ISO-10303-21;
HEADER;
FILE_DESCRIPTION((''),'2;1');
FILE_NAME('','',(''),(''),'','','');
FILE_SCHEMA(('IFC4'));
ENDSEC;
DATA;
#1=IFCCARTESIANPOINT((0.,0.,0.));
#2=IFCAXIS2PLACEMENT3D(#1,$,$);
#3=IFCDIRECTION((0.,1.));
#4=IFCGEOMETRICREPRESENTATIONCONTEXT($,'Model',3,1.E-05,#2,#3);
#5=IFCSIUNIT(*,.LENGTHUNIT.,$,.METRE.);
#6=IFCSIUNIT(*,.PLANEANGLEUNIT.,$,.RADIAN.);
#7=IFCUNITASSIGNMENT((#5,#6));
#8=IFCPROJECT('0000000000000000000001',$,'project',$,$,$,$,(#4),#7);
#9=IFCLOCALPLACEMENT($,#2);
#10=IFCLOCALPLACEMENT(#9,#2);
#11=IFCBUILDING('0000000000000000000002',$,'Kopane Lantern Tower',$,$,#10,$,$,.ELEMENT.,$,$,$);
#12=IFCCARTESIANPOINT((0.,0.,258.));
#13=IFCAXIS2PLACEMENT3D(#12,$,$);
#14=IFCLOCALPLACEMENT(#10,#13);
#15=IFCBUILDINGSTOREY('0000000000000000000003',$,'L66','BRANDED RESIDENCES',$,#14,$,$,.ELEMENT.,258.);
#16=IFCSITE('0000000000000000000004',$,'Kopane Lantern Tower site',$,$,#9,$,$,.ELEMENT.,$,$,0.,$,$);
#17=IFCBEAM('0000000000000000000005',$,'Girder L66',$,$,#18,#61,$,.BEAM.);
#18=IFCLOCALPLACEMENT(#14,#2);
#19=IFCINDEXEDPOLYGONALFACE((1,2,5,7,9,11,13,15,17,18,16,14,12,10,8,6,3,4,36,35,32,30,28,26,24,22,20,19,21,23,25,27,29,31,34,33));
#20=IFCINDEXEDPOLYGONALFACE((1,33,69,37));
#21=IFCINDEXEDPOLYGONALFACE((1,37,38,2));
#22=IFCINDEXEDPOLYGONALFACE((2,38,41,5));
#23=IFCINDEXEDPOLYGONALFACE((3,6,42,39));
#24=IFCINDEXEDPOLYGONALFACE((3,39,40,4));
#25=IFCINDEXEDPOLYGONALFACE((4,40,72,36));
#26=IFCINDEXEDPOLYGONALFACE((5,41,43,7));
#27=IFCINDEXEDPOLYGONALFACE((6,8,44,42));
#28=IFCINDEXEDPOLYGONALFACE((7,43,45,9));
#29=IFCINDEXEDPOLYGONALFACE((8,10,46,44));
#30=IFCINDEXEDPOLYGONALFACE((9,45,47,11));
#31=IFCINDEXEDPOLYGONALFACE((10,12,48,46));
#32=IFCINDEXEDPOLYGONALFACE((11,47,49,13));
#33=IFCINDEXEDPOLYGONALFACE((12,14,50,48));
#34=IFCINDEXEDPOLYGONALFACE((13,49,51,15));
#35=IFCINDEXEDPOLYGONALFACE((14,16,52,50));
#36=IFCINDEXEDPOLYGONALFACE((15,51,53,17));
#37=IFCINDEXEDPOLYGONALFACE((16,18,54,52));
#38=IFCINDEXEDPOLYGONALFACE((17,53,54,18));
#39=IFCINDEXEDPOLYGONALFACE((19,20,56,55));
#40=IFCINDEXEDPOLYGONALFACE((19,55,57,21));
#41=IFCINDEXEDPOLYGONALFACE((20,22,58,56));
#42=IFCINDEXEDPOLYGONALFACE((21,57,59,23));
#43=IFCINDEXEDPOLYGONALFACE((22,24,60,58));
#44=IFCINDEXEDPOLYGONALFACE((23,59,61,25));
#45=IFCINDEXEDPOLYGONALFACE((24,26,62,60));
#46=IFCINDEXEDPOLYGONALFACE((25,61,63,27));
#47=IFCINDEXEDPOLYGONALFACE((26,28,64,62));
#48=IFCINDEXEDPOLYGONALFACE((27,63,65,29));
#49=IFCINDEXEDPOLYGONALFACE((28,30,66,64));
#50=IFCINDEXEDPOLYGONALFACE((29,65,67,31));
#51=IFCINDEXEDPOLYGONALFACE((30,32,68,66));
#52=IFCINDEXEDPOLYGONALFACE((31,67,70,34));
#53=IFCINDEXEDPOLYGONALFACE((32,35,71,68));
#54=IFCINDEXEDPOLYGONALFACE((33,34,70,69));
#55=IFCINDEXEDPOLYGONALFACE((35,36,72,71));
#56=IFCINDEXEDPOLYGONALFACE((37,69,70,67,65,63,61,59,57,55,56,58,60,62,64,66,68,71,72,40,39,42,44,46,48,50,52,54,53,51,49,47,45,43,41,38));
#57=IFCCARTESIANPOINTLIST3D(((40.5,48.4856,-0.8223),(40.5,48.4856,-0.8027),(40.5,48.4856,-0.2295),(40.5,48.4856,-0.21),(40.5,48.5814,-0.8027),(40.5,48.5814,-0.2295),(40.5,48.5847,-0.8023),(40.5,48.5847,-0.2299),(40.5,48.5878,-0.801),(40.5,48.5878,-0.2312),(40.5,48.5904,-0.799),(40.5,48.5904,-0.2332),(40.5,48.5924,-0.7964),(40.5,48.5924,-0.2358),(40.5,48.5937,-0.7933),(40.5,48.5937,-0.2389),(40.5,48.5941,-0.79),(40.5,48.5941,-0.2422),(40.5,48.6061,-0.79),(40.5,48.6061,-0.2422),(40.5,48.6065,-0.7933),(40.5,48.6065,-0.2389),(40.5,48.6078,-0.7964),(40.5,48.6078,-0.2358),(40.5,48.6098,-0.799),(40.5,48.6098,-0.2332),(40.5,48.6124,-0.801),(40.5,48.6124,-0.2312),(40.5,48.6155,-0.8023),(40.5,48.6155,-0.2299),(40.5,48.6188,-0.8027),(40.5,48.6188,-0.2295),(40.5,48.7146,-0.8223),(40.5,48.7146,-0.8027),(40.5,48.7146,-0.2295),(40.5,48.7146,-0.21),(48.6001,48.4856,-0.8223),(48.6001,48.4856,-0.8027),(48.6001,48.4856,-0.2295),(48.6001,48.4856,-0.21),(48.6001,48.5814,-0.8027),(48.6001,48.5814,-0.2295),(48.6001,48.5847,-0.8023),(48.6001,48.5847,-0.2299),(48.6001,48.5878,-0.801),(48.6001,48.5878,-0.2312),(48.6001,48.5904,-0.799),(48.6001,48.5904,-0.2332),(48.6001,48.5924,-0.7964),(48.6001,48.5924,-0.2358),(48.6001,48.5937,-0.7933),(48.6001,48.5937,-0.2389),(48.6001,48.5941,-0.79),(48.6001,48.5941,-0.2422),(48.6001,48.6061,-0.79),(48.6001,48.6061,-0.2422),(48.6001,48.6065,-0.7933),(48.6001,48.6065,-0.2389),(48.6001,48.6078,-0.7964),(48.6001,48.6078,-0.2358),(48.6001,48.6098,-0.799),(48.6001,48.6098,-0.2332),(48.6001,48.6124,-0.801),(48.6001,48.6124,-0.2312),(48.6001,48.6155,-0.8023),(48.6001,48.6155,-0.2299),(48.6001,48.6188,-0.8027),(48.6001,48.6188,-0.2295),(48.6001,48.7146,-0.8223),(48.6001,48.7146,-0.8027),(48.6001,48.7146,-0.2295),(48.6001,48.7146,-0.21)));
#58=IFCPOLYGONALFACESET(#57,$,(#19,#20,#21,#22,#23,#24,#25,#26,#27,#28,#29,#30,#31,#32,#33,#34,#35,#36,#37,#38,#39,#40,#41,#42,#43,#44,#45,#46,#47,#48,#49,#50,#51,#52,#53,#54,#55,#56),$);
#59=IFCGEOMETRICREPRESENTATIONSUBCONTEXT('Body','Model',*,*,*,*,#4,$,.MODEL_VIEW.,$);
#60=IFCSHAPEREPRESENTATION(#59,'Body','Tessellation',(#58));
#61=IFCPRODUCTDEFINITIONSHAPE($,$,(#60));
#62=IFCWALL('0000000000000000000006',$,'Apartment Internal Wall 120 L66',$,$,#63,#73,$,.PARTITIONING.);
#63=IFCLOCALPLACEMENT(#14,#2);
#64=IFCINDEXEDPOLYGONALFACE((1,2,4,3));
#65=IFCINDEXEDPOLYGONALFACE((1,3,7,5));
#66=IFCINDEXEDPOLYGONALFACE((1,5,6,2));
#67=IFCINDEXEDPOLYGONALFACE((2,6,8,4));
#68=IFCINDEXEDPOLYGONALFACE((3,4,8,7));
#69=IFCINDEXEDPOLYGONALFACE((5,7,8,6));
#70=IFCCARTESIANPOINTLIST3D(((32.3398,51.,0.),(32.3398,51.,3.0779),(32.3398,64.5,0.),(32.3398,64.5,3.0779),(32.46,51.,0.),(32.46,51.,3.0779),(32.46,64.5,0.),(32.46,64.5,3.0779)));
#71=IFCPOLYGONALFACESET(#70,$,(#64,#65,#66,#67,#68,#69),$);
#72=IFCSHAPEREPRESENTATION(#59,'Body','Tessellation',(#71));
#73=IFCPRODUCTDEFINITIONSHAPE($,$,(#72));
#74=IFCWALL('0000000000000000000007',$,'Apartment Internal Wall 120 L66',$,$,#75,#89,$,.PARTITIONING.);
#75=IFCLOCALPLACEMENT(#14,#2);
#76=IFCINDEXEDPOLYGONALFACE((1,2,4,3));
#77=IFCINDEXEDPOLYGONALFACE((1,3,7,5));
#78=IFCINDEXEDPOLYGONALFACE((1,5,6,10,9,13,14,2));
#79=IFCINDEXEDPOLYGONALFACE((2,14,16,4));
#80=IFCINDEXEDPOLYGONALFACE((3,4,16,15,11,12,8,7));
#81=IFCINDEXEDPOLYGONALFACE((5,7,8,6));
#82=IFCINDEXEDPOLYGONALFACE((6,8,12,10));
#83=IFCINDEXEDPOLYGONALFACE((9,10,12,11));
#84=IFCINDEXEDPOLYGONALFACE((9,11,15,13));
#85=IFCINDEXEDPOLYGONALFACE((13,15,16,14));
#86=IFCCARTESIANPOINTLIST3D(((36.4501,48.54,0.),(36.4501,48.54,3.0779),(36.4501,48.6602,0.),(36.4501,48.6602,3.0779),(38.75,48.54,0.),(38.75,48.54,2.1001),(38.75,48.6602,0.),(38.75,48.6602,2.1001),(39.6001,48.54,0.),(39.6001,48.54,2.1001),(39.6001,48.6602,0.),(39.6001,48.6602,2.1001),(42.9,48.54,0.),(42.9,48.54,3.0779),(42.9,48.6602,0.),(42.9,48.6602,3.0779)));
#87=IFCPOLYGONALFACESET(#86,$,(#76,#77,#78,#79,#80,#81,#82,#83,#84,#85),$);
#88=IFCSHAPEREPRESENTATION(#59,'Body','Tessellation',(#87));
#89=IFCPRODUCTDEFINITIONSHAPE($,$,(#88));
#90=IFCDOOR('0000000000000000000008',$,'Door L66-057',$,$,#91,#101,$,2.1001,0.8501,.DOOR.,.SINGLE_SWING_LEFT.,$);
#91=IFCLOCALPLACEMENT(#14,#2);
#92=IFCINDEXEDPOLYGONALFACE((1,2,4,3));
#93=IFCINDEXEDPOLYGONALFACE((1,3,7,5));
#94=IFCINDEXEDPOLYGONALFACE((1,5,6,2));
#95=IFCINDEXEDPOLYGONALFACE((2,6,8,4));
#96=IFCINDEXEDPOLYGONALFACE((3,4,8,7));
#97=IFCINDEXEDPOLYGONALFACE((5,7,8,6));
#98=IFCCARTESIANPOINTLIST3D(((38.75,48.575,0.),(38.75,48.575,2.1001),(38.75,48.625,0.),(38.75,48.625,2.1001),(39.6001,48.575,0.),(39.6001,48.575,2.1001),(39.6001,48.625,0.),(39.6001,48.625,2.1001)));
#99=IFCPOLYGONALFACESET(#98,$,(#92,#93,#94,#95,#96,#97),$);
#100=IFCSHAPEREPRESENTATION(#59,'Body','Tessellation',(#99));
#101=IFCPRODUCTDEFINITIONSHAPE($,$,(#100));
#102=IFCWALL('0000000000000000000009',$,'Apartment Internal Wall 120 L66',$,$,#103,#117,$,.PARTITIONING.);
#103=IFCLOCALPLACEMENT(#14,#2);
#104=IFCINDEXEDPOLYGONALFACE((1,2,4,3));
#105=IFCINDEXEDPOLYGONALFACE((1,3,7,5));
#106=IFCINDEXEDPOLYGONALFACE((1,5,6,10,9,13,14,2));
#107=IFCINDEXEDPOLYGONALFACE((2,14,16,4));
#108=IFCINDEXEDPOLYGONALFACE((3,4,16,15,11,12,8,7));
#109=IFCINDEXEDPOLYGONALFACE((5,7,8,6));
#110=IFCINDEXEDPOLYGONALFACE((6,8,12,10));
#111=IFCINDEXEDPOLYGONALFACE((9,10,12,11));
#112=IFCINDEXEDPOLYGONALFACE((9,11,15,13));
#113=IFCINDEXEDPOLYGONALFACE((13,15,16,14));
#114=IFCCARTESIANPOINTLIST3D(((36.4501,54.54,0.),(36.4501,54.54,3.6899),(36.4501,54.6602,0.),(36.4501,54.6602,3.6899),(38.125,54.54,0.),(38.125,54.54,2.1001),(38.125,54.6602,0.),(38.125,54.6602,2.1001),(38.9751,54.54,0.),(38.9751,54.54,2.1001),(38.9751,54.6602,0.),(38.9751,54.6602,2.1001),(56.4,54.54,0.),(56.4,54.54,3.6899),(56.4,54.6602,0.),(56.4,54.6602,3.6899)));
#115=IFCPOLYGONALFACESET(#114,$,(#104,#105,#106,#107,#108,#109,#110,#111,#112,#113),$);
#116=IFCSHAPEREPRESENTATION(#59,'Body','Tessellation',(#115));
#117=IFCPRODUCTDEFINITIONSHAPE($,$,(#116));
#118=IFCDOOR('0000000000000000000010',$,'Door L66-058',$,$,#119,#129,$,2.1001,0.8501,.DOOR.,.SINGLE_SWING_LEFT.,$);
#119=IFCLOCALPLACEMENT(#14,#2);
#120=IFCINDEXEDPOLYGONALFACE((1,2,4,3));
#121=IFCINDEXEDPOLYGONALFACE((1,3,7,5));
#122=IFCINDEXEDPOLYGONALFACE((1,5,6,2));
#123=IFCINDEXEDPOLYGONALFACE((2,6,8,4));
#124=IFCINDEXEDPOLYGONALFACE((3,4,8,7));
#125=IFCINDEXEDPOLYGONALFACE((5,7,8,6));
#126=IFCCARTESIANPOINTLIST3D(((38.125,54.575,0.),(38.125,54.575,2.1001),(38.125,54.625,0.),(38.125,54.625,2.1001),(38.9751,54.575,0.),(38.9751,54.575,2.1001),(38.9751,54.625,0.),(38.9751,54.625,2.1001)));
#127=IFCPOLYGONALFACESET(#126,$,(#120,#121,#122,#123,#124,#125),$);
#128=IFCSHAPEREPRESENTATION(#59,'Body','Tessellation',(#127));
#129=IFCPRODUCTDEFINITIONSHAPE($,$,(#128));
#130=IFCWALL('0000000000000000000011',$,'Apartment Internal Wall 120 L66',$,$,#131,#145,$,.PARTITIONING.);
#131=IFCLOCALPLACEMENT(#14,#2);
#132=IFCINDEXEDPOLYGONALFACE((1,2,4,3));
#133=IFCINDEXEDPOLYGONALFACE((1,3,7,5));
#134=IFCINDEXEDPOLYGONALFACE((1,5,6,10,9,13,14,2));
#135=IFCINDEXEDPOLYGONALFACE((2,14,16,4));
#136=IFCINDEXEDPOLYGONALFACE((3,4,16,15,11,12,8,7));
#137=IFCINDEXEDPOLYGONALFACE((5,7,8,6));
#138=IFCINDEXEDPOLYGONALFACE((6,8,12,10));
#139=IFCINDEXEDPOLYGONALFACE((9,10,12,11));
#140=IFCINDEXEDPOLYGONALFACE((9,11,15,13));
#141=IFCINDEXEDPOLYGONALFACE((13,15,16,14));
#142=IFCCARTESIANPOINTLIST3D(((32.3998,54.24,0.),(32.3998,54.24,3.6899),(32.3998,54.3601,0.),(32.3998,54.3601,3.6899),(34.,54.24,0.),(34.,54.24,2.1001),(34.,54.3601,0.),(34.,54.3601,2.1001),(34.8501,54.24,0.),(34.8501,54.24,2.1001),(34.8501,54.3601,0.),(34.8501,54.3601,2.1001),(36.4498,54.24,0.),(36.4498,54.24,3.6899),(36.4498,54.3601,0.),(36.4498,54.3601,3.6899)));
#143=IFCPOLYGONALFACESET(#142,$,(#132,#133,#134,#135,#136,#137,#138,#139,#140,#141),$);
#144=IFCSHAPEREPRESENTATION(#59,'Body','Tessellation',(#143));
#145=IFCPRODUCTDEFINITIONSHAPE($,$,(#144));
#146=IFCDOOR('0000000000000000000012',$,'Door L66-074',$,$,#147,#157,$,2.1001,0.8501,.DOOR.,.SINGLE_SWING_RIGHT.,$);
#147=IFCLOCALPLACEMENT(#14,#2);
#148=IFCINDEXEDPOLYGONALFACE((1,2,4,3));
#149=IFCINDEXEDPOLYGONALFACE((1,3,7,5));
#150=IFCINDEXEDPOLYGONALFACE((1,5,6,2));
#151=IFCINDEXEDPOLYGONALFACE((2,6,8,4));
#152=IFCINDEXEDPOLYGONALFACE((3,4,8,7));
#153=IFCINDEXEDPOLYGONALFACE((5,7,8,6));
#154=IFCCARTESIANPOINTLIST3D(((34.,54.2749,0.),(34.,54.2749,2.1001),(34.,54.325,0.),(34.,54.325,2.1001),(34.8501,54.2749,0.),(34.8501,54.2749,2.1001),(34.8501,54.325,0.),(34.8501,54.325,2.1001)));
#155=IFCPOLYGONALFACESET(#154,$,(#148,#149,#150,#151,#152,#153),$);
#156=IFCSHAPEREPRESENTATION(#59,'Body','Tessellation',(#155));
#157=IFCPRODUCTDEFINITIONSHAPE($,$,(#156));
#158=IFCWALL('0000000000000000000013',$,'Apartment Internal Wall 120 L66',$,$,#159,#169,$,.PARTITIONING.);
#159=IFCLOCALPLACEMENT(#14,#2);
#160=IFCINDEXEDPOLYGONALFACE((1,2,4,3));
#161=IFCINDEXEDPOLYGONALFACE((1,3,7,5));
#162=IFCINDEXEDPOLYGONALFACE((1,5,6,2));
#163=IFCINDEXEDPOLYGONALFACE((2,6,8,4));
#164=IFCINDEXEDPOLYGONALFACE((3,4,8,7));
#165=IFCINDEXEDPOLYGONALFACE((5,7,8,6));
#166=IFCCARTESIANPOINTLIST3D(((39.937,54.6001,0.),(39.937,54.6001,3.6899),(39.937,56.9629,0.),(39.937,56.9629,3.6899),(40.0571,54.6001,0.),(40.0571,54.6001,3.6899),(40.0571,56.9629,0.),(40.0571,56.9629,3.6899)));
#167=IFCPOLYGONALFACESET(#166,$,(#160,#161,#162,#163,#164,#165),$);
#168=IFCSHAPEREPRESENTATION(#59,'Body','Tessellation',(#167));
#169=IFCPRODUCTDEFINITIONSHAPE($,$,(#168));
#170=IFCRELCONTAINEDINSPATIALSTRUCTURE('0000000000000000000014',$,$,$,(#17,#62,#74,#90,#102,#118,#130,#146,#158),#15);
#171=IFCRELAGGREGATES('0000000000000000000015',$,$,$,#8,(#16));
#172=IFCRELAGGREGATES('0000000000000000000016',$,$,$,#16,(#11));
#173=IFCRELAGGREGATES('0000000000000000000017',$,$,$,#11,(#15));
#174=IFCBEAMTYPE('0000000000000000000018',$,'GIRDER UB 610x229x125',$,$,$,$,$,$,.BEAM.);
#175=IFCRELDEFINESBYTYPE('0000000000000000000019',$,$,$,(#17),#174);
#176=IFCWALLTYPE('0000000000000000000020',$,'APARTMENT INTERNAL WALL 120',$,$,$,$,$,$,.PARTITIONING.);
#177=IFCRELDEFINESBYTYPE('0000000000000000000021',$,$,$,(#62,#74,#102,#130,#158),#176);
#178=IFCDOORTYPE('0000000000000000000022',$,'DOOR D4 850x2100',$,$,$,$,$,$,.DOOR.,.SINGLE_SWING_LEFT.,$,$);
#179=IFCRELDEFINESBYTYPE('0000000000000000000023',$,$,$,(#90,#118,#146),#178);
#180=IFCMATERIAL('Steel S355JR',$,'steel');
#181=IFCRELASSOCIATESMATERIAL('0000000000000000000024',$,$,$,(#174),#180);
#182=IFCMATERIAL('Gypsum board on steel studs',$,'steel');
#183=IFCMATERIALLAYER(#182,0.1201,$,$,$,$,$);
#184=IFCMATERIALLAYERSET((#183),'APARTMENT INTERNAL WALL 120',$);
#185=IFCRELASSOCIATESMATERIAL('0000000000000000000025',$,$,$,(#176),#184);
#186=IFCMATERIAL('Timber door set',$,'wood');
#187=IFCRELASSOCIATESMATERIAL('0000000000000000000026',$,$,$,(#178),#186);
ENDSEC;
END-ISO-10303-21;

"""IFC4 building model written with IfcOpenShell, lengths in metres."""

from ifc_helpers import new_model, si_unit, direction, frame, frame_2d, origin, origin_2d, place, context, subcontext, project, spatial, rectangle, i_section, extrude, material, layer, layer_set, material_profile, profile_set, type_object, element, fill, save


model = new_model("IFC4")

# Units and contexts
model_context = context("Model", 3, precision=1e-05, world=origin(), true_north=direction((0.0, 1.0)))
body_context = subcontext(model_context, "Body", "Model", "MODEL_VIEW")
ifc_project = project(units=[si_unit("LENGTHUNIT", "METRE"), si_unit("PLANEANGLEUNIT", "RADIAN")], contexts=[model_context])

# Site, building, storey
site_placement = place(None, origin())
site = spatial("IfcSite", under=ifc_project, at=site_placement, Name="Kopane Lantern Tower site", CompositionType="ELEMENT", RefElevation=0.0)
building_placement = place(site_placement, origin())
building = spatial("IfcBuilding", under=site, at=building_placement, Name="Kopane Lantern Tower", CompositionType="ELEMENT")
storey_placement = place(building_placement, frame((0.0, 0.0, 258.0)))
storey = spatial("IfcBuildingStorey", under=building, at=storey_placement, Name="L66", Description="BRANDED RESIDENCES", CompositionType="ELEMENT", Elevation=258.0)

# Beam
ifc_material_1 = material(Name="Steel S355JR", Category="steel")
ifc_material_profile_1 = material_profile(ifc_material_1, i_section(OverallWidth=0.229, OverallDepth=0.6123, WebThickness=0.012, FlangeThickness=0.0195, FilletRadius=0.0127, at=origin_2d()), Name="UB 610x229x125")
ifc_profile_set_1 = profile_set([ifc_material_profile_1], Name="Steel S355JR")
beam_type = type_object("IfcBeamType", Name="GIRDER UB 610x229x125", PredefinedType="BEAM", material=ifc_profile_set_1)
beam_1_placement = place(storey_placement, frame((40.5, 48.6001, -0.5161), z_axis=(1.0, 0.0, 0.0), x_axis=(0.0, 1.0, 0.0)))
element("IfcBeam", 1, at=beam_1_placement, inside=storey, type_object=beam_type, Name="Girder L66", PredefinedType="BEAM", context=body_context, shape_type="SweptSolid", body=[
    extrude(i_section(OverallWidth=0.229, OverallDepth=0.6123, WebThickness=0.012, FlangeThickness=0.0195, FilletRadius=0.0127, at=origin_2d()), origin(), (0.0, 0.0, 1.0), 8.1001),
])

# Wall
ifc_material_2 = material(Name="Gypsum board on steel studs", Category="steel")
ifc_layer_1 = layer(ifc_material_2, 0.1201)
ifc_layer_set_1 = layer_set([ifc_layer_1], Name="APARTMENT INTERNAL WALL 120")
wall_type_1 = type_object("IfcWallType", Name="APARTMENT INTERNAL WALL 120", PredefinedType="PARTITIONING", material=ifc_layer_set_1)
wall_1_placement = place(storey_placement, frame((32.3999, 51.0, 0.0), z_axis=(0.0, 0.0, 1.0), x_axis=(0.0, 1.0, 0.0)))
element("IfcWall", 2, at=wall_1_placement, inside=storey, type_object=wall_type_1, Name="Apartment Internal Wall 120 L66", PredefinedType="PARTITIONING", context=body_context, shape_type="SweptSolid", body=[
    extrude(rectangle(XDim=13.5, YDim=0.1201, at=frame_2d((6.75, 0.0))), origin(), (0.0, 0.0, 1.0), 3.0779),
])

# Walls, openings, doors
wall_2_placement = place(storey_placement, frame((36.45, 48.6001, 0.0), z_axis=(0.0, 0.0, 1.0), x_axis=(1.0, 0.0, 0.0)))
wall_2 = element("IfcWall", 3, at=wall_2_placement, inside=storey, type_object=wall_type_1, Name="Apartment Internal Wall 120 L66", PredefinedType="PARTITIONING", context=body_context, shape_type="SweptSolid", body=[
    extrude(rectangle(XDim=6.45, YDim=0.1201, at=frame_2d((3.2251, 0.0))), origin(), (0.0, 0.0, 1.0), 3.0779),
])
opening_1_placement = place(wall_2_placement, frame((2.3, 0.0, 0.0)))
opening_1 = element("IfcOpeningElement", 4, at=opening_1_placement, cuts=wall_2, PredefinedType="OPENING", context=body_context, shape_type="SweptSolid", body=[
    extrude(rectangle(XDim=0.8501, YDim=2.1001, at=frame_2d((0.425, 1.05))), frame((0.0, 0.0701, 0.0), z_axis=(0.0, -1.0, 0.0), x_axis=(1.0, 0.0, 0.0)), (0.0, 0.0, 1.0), 0.1401),
])
ifc_material_3 = material(Name="Timber door set", Category="wood")
door_type_1 = type_object("IfcDoorType", Name="DOOR D4 850x2100", OperationType="SINGLE_SWING_LEFT", PredefinedType="DOOR", material=ifc_material_3)
door_1_placement = place(opening_1_placement, origin())
door_1 = element("IfcDoor", 5, at=door_1_placement, inside=storey, type_object=door_type_1, Name="Door L66-057", OperationType="SINGLE_SWING_LEFT", OverallHeight=2.1001, OverallWidth=0.8501, PredefinedType="DOOR", context=body_context, shape_type="SweptSolid", body=[
    extrude(rectangle(XDim=0.8501, YDim=2.1001, at=frame_2d((0.425, 1.05))), frame((0.0, 0.0249, 0.0), z_axis=(0.0, -1.0, 0.0), x_axis=(1.0, 0.0, 0.0)), (0.0, 0.0, 1.0), 0.05),
])
fill(opening_1, door_1)
wall_3_placement = place(storey_placement, frame((36.45, 54.6001, 0.0), z_axis=(0.0, 0.0, 1.0), x_axis=(1.0, 0.0, 0.0)))
wall_3 = element("IfcWall", 6, at=wall_3_placement, inside=storey, type_object=wall_type_1, Name="Apartment Internal Wall 120 L66", PredefinedType="PARTITIONING", context=body_context, shape_type="SweptSolid", body=[
    extrude(rectangle(XDim=19.95, YDim=0.1201, at=frame_2d((9.9751, 0.0))), origin(), (0.0, 0.0, 1.0), 3.6899),
])
opening_2_placement = place(wall_3_placement, frame((1.675, 0.0, 0.0)))
opening_2 = element("IfcOpeningElement", 7, at=opening_2_placement, cuts=wall_3, PredefinedType="OPENING", context=body_context, shape_type="SweptSolid", body=[
    extrude(rectangle(XDim=0.8501, YDim=2.1001, at=frame_2d((0.425, 1.05))), frame((0.0, 0.0701, 0.0), z_axis=(0.0, -1.0, 0.0), x_axis=(1.0, 0.0, 0.0)), (0.0, 0.0, 1.0), 0.1401),
])
door_2_placement = place(opening_2_placement, origin())
door_2 = element("IfcDoor", 8, at=door_2_placement, inside=storey, type_object=door_type_1, Name="Door L66-058", OperationType="SINGLE_SWING_LEFT", OverallHeight=2.1001, OverallWidth=0.8501, PredefinedType="DOOR", context=body_context, shape_type="SweptSolid", body=[
    extrude(rectangle(XDim=0.8501, YDim=2.1001, at=frame_2d((0.425, 1.05))), frame((0.0, 0.0249, 0.0), z_axis=(0.0, -1.0, 0.0), x_axis=(1.0, 0.0, 0.0)), (0.0, 0.0, 1.0), 0.05),
])
fill(opening_2, door_2)
wall_4_placement = place(storey_placement, frame((32.3999, 54.3, 0.0), z_axis=(0.0, 0.0, 1.0), x_axis=(1.0, 0.0, 0.0)))
wall_4 = element("IfcWall", 9, at=wall_4_placement, inside=storey, type_object=wall_type_1, Name="Apartment Internal Wall 120 L66", PredefinedType="PARTITIONING", context=body_context, shape_type="SweptSolid", body=[
    extrude(rectangle(XDim=4.05, YDim=0.1201, at=frame_2d((2.0249, 0.0))), origin(), (0.0, 0.0, 1.0), 3.6899),
])
opening_3_placement = place(wall_4_placement, frame((1.6001, 0.0, 0.0)))
opening_3 = element("IfcOpeningElement", 10, at=opening_3_placement, cuts=wall_4, PredefinedType="OPENING", context=body_context, shape_type="SweptSolid", body=[
    extrude(rectangle(XDim=0.8501, YDim=2.1001, at=frame_2d((0.425, 1.05))), frame((0.0, 0.0701, 0.0), z_axis=(0.0, -1.0, 0.0), x_axis=(1.0, 0.0, 0.0)), (0.0, 0.0, 1.0), 0.1401),
])
door_3_placement = place(opening_3_placement, origin())
door_3 = element("IfcDoor", 11, at=door_3_placement, inside=storey, type_object=door_type_1, Name="Door L66-074", OperationType="SINGLE_SWING_RIGHT", OverallHeight=2.1001, OverallWidth=0.8501, PredefinedType="DOOR", context=body_context, shape_type="SweptSolid", body=[
    extrude(rectangle(XDim=0.8501, YDim=2.1001, at=frame_2d((0.425, 1.05))), frame((0.0, 0.0249, 0.0), z_axis=(0.0, -1.0, 0.0), x_axis=(1.0, 0.0, 0.0)), (0.0, 0.0, 1.0), 0.05),
])
fill(opening_3, door_3)

# Wall
wall_5_placement = place(storey_placement, frame((39.9971, 54.6001, 0.0), z_axis=(0.0, 0.0, 1.0), x_axis=(0.0, 1.0, 0.0)))
element("IfcWall", 12, at=wall_5_placement, inside=storey, type_object=wall_type_1, Name="Apartment Internal Wall 120 L66", PredefinedType="PARTITIONING", context=body_context, shape_type="SweptSolid", body=[
    extrude(rectangle(XDim=2.3628, YDim=0.1201, at=frame_2d((1.1814, 0.0))), origin(), (0.0, 0.0, 1.0), 3.6899),
])

save(model, "model.ifc")
